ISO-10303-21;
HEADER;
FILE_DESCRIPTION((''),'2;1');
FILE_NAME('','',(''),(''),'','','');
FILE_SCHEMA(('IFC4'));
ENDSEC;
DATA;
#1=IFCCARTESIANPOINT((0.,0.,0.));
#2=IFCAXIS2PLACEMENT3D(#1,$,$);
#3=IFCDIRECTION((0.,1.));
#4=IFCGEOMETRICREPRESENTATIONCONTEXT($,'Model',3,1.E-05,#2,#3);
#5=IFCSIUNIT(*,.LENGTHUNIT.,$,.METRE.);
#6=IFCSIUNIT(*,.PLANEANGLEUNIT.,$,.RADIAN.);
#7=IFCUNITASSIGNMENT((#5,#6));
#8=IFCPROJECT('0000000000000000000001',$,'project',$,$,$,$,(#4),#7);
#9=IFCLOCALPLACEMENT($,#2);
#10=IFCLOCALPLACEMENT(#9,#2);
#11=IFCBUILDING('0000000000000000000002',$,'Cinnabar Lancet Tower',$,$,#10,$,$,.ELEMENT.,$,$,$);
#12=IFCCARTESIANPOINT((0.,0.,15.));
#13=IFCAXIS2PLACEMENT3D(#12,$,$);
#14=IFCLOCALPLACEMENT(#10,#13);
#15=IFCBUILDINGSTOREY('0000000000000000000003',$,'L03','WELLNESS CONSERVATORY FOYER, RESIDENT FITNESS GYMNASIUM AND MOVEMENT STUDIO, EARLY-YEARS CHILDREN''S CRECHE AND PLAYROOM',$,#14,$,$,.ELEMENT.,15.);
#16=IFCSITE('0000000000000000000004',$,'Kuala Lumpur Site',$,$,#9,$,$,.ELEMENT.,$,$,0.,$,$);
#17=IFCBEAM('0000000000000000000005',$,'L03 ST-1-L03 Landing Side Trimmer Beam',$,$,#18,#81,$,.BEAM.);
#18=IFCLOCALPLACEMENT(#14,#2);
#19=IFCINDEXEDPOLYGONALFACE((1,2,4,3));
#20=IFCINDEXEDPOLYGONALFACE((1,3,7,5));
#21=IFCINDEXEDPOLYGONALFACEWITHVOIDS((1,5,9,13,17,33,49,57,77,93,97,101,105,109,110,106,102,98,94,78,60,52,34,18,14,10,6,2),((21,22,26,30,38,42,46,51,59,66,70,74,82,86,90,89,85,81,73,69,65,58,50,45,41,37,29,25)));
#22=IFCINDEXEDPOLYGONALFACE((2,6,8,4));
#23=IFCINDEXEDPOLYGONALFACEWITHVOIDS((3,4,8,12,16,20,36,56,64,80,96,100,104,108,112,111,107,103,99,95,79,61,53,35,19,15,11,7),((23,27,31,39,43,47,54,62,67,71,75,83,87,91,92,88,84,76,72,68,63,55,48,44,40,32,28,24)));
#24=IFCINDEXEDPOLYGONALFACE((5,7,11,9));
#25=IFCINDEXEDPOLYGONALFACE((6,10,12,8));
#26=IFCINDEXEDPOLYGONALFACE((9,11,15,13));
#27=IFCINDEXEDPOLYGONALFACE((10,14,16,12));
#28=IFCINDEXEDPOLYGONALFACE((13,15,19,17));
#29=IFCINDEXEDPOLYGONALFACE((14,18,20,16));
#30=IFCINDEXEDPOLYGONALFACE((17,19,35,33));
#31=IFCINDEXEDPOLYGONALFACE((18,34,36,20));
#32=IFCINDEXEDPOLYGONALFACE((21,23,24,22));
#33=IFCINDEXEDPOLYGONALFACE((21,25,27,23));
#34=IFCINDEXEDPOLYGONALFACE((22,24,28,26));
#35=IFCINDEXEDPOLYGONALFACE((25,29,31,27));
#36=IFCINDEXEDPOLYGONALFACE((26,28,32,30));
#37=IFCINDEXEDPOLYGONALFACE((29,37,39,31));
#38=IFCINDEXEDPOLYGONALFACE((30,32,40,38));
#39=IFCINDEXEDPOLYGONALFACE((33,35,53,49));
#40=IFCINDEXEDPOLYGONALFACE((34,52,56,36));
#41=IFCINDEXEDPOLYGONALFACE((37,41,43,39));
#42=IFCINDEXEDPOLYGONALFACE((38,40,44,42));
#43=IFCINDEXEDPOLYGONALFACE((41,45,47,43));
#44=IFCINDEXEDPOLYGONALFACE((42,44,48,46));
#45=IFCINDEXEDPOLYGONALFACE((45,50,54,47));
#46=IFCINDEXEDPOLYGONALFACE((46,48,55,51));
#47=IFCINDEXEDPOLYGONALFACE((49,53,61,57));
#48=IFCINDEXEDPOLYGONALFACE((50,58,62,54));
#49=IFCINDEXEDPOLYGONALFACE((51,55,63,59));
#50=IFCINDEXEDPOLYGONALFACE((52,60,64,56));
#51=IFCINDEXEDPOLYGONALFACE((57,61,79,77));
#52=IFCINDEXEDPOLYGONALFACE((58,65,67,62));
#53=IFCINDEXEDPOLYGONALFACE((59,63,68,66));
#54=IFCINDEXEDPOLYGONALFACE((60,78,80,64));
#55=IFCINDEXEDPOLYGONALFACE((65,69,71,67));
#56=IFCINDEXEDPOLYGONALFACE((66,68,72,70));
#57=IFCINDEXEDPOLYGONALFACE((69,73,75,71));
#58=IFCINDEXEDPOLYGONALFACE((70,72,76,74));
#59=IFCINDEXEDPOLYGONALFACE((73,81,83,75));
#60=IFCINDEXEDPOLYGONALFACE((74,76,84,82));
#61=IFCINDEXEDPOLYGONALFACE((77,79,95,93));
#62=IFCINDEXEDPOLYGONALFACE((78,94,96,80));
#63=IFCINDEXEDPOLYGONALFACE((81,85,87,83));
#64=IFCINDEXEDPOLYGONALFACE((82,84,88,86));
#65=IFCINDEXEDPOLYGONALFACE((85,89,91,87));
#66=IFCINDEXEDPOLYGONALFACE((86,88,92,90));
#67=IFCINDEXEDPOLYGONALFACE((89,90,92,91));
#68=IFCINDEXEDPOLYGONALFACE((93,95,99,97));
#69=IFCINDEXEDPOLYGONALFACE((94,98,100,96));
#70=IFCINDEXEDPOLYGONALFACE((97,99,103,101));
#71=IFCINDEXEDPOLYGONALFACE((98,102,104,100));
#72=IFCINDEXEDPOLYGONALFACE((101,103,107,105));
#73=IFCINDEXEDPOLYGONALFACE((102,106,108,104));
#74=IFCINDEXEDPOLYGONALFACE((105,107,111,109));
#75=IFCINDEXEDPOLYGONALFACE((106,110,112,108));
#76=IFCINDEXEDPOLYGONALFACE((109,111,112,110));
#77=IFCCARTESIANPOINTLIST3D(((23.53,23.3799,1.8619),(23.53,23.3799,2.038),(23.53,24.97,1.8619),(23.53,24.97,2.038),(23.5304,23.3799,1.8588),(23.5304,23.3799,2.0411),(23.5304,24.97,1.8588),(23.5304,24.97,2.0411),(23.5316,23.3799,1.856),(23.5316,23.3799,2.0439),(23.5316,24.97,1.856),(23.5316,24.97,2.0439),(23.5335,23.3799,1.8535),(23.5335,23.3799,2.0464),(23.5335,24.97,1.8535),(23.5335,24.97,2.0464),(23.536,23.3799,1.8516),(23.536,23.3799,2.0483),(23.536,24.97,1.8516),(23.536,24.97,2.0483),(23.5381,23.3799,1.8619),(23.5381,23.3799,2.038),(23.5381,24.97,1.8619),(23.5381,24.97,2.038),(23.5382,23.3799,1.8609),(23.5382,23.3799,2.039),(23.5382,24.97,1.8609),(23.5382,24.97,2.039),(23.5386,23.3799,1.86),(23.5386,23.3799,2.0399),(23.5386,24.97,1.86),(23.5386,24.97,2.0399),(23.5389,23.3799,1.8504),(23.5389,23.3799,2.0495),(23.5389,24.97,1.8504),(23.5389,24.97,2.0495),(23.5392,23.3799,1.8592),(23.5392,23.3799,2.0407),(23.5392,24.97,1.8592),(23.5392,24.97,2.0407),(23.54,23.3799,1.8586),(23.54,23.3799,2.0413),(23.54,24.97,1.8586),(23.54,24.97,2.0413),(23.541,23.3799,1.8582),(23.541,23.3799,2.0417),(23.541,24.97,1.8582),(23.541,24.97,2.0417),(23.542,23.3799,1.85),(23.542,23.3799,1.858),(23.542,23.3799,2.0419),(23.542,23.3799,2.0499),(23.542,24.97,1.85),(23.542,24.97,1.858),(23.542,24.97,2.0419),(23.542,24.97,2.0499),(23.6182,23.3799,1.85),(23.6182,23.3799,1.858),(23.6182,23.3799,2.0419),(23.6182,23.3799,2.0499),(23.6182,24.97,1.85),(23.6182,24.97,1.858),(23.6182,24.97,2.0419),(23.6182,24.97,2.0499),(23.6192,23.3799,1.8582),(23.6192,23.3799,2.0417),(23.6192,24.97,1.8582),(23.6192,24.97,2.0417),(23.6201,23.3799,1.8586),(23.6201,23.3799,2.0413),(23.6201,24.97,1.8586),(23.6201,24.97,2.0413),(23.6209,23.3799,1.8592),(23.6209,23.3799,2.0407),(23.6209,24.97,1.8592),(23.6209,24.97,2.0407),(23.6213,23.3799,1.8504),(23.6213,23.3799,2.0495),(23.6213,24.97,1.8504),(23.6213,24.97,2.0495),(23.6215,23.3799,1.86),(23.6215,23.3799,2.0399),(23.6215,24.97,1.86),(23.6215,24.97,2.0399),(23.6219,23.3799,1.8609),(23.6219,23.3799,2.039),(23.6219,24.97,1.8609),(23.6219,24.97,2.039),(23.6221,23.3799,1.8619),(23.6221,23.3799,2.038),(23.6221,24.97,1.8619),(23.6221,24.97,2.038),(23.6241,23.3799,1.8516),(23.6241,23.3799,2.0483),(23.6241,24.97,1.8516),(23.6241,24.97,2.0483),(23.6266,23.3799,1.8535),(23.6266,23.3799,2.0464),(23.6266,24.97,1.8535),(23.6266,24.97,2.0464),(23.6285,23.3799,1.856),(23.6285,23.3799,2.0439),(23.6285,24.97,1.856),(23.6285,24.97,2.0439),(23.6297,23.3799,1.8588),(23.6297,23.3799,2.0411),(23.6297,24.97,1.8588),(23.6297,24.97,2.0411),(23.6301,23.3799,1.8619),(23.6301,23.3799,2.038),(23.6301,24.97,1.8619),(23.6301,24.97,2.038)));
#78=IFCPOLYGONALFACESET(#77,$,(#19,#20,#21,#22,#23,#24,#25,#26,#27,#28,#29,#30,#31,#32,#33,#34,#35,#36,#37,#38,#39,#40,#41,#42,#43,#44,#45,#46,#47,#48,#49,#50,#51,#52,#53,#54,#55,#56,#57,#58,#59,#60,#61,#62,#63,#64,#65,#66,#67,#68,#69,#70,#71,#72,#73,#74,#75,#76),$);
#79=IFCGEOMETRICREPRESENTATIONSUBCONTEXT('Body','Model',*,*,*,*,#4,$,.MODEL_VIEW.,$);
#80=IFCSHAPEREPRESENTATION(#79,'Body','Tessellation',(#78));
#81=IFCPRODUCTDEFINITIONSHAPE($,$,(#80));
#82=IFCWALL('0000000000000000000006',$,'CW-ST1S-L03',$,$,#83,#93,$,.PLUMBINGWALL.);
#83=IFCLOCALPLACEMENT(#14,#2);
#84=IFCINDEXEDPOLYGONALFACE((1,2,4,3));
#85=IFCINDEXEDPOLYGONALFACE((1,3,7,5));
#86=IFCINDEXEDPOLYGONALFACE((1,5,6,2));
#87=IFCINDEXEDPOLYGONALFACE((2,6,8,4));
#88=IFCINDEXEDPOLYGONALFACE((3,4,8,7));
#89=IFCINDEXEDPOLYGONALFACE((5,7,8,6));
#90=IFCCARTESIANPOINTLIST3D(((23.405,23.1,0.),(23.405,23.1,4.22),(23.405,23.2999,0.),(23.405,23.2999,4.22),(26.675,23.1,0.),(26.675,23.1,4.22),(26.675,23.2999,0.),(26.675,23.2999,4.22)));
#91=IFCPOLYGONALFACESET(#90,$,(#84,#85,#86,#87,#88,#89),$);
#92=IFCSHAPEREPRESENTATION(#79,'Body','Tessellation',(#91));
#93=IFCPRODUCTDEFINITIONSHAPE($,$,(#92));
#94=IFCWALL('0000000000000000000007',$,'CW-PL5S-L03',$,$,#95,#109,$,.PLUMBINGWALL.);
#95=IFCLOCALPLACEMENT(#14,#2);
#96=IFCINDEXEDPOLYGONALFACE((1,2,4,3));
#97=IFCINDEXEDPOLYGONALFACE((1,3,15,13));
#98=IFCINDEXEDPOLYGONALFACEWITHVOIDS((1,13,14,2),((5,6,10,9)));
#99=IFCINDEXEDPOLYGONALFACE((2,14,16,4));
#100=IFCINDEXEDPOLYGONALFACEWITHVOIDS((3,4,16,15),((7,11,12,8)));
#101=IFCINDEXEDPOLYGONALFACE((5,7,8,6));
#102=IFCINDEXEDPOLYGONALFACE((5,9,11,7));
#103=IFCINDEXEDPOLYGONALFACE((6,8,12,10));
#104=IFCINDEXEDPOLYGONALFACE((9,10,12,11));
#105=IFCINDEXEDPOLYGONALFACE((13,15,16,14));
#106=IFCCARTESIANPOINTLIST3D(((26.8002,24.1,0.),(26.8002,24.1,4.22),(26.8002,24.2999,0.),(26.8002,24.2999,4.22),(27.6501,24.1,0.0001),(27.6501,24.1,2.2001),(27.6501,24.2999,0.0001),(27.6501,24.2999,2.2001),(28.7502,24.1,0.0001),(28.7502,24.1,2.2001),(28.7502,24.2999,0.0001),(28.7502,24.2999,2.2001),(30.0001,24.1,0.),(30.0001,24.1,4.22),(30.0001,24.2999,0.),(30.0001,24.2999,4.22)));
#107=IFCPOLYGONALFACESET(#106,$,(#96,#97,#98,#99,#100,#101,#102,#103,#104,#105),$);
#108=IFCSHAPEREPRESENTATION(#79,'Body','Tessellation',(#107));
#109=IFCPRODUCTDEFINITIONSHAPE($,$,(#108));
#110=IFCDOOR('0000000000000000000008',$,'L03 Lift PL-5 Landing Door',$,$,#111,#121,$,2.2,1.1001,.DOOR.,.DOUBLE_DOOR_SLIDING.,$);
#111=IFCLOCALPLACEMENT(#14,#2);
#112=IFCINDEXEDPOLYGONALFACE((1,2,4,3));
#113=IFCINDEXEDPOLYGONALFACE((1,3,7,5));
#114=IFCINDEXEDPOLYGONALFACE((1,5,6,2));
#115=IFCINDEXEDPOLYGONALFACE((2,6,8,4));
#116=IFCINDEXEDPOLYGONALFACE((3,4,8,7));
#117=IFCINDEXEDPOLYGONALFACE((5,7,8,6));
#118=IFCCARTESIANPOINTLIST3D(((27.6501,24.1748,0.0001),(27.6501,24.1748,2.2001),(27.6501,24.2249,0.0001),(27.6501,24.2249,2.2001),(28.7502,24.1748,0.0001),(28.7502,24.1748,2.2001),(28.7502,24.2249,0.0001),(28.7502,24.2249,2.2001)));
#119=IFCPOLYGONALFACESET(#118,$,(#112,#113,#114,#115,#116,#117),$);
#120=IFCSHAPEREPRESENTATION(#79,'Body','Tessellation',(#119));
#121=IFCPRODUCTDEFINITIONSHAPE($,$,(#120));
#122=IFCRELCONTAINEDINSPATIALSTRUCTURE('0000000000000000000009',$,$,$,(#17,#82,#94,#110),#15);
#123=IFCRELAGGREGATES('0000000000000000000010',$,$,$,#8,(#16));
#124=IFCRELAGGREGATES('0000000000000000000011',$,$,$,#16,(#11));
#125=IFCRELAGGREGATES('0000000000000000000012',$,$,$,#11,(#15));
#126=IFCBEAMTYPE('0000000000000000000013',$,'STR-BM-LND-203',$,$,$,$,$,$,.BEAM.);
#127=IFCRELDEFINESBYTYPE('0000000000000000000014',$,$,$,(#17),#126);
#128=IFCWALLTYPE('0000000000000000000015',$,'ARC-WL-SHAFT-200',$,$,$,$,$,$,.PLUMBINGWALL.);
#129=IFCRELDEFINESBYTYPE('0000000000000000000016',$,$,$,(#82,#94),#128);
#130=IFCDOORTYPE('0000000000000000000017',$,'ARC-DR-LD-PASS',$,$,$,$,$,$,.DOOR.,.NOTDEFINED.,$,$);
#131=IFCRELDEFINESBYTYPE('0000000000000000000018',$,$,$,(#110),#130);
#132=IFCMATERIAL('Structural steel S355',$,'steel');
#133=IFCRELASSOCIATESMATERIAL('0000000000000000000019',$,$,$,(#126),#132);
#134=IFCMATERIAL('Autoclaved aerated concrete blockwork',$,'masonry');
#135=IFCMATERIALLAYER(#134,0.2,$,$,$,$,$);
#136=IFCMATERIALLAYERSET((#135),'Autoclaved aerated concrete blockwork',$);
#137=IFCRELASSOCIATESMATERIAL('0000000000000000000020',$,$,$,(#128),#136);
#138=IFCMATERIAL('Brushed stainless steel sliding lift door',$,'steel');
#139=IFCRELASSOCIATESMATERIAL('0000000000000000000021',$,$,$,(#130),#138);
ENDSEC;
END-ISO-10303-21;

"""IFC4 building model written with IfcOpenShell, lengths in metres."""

from ifc_helpers import new_model, si_unit, direction, frame, frame_2d, origin, origin_2d, place, context, subcontext, project, spatial, rectangle, hollow_rectangle, extrude, material, layer, layer_set, material_profile, profile_set, type_object, element, fill, save


model = new_model("IFC4")

# Units and contexts
model_context = context("Model", 3, precision=1e-05, world=origin(), true_north=direction((0.0, 1.0)))
body_context = subcontext(model_context, "Body", "Model", "MODEL_VIEW")
ifc_project = project(units=[si_unit("LENGTHUNIT", "METRE"), si_unit("PLANEANGLEUNIT", "RADIAN")], contexts=[model_context])

# Site, building, storey
site_placement = place(None, origin())
site = spatial("IfcSite", under=ifc_project, at=site_placement, Name="Kuala Lumpur Site", CompositionType="ELEMENT", RefElevation=0.0)
building_placement = place(site_placement, origin())
building = spatial("IfcBuilding", under=site, at=building_placement, Name="Cinnabar Lancet Tower", CompositionType="ELEMENT")
storey_placement = place(building_placement, frame((0.0, 0.0, 15.0)))
storey = spatial("IfcBuildingStorey", under=building, at=storey_placement, Name="L03", Description="WELLNESS CONSERVATORY FOYER, RESIDENT FITNESS GYMNASIUM AND MOVEMENT STUDIO, EARLY-YEARS CHILDREN'S CRECHE AND PLAYROOM", CompositionType="ELEMENT", Elevation=15.0)

# Beam
ifc_material_1 = material(Name="Structural steel S355", Category="steel")
ifc_material_profile_1 = material_profile(ifc_material_1, hollow_rectangle(XDim=0.1001, YDim=0.2, WallThickness=0.0081, InnerFilletRadius=0.0039, OuterFilletRadius=0.012, at=origin_2d()), Name="RHS 200x100x8")
ifc_profile_set_1 = profile_set([ifc_material_profile_1], Name="Structural steel S355")
beam_type_1 = type_object("IfcBeamType", Name="STR-BM-LND-203", PredefinedType="BEAM", material=ifc_profile_set_1)
beam_1_placement = place(storey_placement, frame((23.5801, 23.3799, 1.95), z_axis=(0.0, 1.0, 0.0), x_axis=(-1.0, 0.0, 0.0)))
element("IfcBeam", 1, at=beam_1_placement, inside=storey, type_object=beam_type_1, Name="L03 ST-1-L03 Landing Side Trimmer Beam", PredefinedType="BEAM", context=body_context, shape_type="SweptSolid", body=[
    extrude(hollow_rectangle(XDim=0.1001, YDim=0.2, WallThickness=0.0081, InnerFilletRadius=0.0039, OuterFilletRadius=0.012, at=origin_2d()), origin(), (0.0, 0.0, 1.0), 1.5901),
])

# Wall
ifc_material_2 = material(Name="Autoclaved aerated concrete blockwork", Category="masonry")
ifc_layer_1 = layer(ifc_material_2, 0.2)
ifc_layer_set_1 = layer_set([ifc_layer_1], Name="Autoclaved aerated concrete blockwork")
wall_type_1 = type_object("IfcWallType", Name="ARC-WL-SHAFT-200", PredefinedType="PLUMBINGWALL", material=ifc_layer_set_1)
wall_1_placement = place(storey_placement, frame((23.405, 23.2, 0.0), z_axis=(0.0, 0.0, 1.0), x_axis=(1.0, 0.0, 0.0)))
element("IfcWall", 2, at=wall_1_placement, inside=storey, type_object=wall_type_1, Name="CW-ST1S-L03", PredefinedType="PLUMBINGWALL", context=body_context, shape_type="SweptSolid", body=[
    extrude(rectangle(XDim=3.27, YDim=0.2, at=frame_2d((1.635, 0.0))), origin(), (0.0, 0.0, 1.0), 4.22),
])

# Wall, opening, door
wall_2_placement = place(storey_placement, frame((26.8, 24.2, 0.0), z_axis=(0.0, 0.0, 1.0), x_axis=(1.0, 0.0, 0.0)))
wall_2 = element("IfcWall", 3, at=wall_2_placement, inside=storey, type_object=wall_type_1, Name="CW-PL5S-L03", PredefinedType="PLUMBINGWALL", context=body_context, shape_type="SweptSolid", body=[
    extrude(rectangle(XDim=3.2, YDim=0.2, at=frame_2d((1.6001, 0.0))), origin(), (0.0, 0.0, 1.0), 4.22),
])
opening_1_placement = place(wall_2_placement, frame((0.8501, 0.0, 0.0)))
opening_1 = element("IfcOpeningElement", 4, at=opening_1_placement, cuts=wall_2, PredefinedType="OPENING", context=body_context, shape_type="SweptSolid", body=[
    extrude(rectangle(XDim=1.1001, YDim=2.2, at=frame_2d((0.55, 1.1001))), frame((0.0, 0.1099, 0.0), z_axis=(0.0, -1.0, 0.0), x_axis=(1.0, 0.0, 0.0)), (0.0, 0.0, 1.0), 0.22),
])
ifc_material_3 = material(Name="Brushed stainless steel sliding lift door", Category="steel")
door_type_1 = type_object("IfcDoorType", Name="ARC-DR-LD-PASS", OperationType="NOTDEFINED", PredefinedType="DOOR", material=ifc_material_3)
door_1_placement = place(opening_1_placement, origin())
door_1 = element("IfcDoor", 5, at=door_1_placement, inside=storey, type_object=door_type_1, Name="L03 Lift PL-5 Landing Door", OperationType="DOUBLE_DOOR_SLIDING", OverallHeight=2.2, OverallWidth=1.1001, PredefinedType="DOOR", context=body_context, shape_type="SweptSolid", body=[
    extrude(rectangle(XDim=1.1001, YDim=2.2, at=frame_2d((0.55, 1.1001))), frame((0.0, 0.0249, 0.0), z_axis=(0.0, -1.0, 0.0), x_axis=(1.0, 0.0, 0.0)), (0.0, 0.0, 1.0), 0.05),
])
fill(opening_1, door_1)

save(model, "model.ifc")
